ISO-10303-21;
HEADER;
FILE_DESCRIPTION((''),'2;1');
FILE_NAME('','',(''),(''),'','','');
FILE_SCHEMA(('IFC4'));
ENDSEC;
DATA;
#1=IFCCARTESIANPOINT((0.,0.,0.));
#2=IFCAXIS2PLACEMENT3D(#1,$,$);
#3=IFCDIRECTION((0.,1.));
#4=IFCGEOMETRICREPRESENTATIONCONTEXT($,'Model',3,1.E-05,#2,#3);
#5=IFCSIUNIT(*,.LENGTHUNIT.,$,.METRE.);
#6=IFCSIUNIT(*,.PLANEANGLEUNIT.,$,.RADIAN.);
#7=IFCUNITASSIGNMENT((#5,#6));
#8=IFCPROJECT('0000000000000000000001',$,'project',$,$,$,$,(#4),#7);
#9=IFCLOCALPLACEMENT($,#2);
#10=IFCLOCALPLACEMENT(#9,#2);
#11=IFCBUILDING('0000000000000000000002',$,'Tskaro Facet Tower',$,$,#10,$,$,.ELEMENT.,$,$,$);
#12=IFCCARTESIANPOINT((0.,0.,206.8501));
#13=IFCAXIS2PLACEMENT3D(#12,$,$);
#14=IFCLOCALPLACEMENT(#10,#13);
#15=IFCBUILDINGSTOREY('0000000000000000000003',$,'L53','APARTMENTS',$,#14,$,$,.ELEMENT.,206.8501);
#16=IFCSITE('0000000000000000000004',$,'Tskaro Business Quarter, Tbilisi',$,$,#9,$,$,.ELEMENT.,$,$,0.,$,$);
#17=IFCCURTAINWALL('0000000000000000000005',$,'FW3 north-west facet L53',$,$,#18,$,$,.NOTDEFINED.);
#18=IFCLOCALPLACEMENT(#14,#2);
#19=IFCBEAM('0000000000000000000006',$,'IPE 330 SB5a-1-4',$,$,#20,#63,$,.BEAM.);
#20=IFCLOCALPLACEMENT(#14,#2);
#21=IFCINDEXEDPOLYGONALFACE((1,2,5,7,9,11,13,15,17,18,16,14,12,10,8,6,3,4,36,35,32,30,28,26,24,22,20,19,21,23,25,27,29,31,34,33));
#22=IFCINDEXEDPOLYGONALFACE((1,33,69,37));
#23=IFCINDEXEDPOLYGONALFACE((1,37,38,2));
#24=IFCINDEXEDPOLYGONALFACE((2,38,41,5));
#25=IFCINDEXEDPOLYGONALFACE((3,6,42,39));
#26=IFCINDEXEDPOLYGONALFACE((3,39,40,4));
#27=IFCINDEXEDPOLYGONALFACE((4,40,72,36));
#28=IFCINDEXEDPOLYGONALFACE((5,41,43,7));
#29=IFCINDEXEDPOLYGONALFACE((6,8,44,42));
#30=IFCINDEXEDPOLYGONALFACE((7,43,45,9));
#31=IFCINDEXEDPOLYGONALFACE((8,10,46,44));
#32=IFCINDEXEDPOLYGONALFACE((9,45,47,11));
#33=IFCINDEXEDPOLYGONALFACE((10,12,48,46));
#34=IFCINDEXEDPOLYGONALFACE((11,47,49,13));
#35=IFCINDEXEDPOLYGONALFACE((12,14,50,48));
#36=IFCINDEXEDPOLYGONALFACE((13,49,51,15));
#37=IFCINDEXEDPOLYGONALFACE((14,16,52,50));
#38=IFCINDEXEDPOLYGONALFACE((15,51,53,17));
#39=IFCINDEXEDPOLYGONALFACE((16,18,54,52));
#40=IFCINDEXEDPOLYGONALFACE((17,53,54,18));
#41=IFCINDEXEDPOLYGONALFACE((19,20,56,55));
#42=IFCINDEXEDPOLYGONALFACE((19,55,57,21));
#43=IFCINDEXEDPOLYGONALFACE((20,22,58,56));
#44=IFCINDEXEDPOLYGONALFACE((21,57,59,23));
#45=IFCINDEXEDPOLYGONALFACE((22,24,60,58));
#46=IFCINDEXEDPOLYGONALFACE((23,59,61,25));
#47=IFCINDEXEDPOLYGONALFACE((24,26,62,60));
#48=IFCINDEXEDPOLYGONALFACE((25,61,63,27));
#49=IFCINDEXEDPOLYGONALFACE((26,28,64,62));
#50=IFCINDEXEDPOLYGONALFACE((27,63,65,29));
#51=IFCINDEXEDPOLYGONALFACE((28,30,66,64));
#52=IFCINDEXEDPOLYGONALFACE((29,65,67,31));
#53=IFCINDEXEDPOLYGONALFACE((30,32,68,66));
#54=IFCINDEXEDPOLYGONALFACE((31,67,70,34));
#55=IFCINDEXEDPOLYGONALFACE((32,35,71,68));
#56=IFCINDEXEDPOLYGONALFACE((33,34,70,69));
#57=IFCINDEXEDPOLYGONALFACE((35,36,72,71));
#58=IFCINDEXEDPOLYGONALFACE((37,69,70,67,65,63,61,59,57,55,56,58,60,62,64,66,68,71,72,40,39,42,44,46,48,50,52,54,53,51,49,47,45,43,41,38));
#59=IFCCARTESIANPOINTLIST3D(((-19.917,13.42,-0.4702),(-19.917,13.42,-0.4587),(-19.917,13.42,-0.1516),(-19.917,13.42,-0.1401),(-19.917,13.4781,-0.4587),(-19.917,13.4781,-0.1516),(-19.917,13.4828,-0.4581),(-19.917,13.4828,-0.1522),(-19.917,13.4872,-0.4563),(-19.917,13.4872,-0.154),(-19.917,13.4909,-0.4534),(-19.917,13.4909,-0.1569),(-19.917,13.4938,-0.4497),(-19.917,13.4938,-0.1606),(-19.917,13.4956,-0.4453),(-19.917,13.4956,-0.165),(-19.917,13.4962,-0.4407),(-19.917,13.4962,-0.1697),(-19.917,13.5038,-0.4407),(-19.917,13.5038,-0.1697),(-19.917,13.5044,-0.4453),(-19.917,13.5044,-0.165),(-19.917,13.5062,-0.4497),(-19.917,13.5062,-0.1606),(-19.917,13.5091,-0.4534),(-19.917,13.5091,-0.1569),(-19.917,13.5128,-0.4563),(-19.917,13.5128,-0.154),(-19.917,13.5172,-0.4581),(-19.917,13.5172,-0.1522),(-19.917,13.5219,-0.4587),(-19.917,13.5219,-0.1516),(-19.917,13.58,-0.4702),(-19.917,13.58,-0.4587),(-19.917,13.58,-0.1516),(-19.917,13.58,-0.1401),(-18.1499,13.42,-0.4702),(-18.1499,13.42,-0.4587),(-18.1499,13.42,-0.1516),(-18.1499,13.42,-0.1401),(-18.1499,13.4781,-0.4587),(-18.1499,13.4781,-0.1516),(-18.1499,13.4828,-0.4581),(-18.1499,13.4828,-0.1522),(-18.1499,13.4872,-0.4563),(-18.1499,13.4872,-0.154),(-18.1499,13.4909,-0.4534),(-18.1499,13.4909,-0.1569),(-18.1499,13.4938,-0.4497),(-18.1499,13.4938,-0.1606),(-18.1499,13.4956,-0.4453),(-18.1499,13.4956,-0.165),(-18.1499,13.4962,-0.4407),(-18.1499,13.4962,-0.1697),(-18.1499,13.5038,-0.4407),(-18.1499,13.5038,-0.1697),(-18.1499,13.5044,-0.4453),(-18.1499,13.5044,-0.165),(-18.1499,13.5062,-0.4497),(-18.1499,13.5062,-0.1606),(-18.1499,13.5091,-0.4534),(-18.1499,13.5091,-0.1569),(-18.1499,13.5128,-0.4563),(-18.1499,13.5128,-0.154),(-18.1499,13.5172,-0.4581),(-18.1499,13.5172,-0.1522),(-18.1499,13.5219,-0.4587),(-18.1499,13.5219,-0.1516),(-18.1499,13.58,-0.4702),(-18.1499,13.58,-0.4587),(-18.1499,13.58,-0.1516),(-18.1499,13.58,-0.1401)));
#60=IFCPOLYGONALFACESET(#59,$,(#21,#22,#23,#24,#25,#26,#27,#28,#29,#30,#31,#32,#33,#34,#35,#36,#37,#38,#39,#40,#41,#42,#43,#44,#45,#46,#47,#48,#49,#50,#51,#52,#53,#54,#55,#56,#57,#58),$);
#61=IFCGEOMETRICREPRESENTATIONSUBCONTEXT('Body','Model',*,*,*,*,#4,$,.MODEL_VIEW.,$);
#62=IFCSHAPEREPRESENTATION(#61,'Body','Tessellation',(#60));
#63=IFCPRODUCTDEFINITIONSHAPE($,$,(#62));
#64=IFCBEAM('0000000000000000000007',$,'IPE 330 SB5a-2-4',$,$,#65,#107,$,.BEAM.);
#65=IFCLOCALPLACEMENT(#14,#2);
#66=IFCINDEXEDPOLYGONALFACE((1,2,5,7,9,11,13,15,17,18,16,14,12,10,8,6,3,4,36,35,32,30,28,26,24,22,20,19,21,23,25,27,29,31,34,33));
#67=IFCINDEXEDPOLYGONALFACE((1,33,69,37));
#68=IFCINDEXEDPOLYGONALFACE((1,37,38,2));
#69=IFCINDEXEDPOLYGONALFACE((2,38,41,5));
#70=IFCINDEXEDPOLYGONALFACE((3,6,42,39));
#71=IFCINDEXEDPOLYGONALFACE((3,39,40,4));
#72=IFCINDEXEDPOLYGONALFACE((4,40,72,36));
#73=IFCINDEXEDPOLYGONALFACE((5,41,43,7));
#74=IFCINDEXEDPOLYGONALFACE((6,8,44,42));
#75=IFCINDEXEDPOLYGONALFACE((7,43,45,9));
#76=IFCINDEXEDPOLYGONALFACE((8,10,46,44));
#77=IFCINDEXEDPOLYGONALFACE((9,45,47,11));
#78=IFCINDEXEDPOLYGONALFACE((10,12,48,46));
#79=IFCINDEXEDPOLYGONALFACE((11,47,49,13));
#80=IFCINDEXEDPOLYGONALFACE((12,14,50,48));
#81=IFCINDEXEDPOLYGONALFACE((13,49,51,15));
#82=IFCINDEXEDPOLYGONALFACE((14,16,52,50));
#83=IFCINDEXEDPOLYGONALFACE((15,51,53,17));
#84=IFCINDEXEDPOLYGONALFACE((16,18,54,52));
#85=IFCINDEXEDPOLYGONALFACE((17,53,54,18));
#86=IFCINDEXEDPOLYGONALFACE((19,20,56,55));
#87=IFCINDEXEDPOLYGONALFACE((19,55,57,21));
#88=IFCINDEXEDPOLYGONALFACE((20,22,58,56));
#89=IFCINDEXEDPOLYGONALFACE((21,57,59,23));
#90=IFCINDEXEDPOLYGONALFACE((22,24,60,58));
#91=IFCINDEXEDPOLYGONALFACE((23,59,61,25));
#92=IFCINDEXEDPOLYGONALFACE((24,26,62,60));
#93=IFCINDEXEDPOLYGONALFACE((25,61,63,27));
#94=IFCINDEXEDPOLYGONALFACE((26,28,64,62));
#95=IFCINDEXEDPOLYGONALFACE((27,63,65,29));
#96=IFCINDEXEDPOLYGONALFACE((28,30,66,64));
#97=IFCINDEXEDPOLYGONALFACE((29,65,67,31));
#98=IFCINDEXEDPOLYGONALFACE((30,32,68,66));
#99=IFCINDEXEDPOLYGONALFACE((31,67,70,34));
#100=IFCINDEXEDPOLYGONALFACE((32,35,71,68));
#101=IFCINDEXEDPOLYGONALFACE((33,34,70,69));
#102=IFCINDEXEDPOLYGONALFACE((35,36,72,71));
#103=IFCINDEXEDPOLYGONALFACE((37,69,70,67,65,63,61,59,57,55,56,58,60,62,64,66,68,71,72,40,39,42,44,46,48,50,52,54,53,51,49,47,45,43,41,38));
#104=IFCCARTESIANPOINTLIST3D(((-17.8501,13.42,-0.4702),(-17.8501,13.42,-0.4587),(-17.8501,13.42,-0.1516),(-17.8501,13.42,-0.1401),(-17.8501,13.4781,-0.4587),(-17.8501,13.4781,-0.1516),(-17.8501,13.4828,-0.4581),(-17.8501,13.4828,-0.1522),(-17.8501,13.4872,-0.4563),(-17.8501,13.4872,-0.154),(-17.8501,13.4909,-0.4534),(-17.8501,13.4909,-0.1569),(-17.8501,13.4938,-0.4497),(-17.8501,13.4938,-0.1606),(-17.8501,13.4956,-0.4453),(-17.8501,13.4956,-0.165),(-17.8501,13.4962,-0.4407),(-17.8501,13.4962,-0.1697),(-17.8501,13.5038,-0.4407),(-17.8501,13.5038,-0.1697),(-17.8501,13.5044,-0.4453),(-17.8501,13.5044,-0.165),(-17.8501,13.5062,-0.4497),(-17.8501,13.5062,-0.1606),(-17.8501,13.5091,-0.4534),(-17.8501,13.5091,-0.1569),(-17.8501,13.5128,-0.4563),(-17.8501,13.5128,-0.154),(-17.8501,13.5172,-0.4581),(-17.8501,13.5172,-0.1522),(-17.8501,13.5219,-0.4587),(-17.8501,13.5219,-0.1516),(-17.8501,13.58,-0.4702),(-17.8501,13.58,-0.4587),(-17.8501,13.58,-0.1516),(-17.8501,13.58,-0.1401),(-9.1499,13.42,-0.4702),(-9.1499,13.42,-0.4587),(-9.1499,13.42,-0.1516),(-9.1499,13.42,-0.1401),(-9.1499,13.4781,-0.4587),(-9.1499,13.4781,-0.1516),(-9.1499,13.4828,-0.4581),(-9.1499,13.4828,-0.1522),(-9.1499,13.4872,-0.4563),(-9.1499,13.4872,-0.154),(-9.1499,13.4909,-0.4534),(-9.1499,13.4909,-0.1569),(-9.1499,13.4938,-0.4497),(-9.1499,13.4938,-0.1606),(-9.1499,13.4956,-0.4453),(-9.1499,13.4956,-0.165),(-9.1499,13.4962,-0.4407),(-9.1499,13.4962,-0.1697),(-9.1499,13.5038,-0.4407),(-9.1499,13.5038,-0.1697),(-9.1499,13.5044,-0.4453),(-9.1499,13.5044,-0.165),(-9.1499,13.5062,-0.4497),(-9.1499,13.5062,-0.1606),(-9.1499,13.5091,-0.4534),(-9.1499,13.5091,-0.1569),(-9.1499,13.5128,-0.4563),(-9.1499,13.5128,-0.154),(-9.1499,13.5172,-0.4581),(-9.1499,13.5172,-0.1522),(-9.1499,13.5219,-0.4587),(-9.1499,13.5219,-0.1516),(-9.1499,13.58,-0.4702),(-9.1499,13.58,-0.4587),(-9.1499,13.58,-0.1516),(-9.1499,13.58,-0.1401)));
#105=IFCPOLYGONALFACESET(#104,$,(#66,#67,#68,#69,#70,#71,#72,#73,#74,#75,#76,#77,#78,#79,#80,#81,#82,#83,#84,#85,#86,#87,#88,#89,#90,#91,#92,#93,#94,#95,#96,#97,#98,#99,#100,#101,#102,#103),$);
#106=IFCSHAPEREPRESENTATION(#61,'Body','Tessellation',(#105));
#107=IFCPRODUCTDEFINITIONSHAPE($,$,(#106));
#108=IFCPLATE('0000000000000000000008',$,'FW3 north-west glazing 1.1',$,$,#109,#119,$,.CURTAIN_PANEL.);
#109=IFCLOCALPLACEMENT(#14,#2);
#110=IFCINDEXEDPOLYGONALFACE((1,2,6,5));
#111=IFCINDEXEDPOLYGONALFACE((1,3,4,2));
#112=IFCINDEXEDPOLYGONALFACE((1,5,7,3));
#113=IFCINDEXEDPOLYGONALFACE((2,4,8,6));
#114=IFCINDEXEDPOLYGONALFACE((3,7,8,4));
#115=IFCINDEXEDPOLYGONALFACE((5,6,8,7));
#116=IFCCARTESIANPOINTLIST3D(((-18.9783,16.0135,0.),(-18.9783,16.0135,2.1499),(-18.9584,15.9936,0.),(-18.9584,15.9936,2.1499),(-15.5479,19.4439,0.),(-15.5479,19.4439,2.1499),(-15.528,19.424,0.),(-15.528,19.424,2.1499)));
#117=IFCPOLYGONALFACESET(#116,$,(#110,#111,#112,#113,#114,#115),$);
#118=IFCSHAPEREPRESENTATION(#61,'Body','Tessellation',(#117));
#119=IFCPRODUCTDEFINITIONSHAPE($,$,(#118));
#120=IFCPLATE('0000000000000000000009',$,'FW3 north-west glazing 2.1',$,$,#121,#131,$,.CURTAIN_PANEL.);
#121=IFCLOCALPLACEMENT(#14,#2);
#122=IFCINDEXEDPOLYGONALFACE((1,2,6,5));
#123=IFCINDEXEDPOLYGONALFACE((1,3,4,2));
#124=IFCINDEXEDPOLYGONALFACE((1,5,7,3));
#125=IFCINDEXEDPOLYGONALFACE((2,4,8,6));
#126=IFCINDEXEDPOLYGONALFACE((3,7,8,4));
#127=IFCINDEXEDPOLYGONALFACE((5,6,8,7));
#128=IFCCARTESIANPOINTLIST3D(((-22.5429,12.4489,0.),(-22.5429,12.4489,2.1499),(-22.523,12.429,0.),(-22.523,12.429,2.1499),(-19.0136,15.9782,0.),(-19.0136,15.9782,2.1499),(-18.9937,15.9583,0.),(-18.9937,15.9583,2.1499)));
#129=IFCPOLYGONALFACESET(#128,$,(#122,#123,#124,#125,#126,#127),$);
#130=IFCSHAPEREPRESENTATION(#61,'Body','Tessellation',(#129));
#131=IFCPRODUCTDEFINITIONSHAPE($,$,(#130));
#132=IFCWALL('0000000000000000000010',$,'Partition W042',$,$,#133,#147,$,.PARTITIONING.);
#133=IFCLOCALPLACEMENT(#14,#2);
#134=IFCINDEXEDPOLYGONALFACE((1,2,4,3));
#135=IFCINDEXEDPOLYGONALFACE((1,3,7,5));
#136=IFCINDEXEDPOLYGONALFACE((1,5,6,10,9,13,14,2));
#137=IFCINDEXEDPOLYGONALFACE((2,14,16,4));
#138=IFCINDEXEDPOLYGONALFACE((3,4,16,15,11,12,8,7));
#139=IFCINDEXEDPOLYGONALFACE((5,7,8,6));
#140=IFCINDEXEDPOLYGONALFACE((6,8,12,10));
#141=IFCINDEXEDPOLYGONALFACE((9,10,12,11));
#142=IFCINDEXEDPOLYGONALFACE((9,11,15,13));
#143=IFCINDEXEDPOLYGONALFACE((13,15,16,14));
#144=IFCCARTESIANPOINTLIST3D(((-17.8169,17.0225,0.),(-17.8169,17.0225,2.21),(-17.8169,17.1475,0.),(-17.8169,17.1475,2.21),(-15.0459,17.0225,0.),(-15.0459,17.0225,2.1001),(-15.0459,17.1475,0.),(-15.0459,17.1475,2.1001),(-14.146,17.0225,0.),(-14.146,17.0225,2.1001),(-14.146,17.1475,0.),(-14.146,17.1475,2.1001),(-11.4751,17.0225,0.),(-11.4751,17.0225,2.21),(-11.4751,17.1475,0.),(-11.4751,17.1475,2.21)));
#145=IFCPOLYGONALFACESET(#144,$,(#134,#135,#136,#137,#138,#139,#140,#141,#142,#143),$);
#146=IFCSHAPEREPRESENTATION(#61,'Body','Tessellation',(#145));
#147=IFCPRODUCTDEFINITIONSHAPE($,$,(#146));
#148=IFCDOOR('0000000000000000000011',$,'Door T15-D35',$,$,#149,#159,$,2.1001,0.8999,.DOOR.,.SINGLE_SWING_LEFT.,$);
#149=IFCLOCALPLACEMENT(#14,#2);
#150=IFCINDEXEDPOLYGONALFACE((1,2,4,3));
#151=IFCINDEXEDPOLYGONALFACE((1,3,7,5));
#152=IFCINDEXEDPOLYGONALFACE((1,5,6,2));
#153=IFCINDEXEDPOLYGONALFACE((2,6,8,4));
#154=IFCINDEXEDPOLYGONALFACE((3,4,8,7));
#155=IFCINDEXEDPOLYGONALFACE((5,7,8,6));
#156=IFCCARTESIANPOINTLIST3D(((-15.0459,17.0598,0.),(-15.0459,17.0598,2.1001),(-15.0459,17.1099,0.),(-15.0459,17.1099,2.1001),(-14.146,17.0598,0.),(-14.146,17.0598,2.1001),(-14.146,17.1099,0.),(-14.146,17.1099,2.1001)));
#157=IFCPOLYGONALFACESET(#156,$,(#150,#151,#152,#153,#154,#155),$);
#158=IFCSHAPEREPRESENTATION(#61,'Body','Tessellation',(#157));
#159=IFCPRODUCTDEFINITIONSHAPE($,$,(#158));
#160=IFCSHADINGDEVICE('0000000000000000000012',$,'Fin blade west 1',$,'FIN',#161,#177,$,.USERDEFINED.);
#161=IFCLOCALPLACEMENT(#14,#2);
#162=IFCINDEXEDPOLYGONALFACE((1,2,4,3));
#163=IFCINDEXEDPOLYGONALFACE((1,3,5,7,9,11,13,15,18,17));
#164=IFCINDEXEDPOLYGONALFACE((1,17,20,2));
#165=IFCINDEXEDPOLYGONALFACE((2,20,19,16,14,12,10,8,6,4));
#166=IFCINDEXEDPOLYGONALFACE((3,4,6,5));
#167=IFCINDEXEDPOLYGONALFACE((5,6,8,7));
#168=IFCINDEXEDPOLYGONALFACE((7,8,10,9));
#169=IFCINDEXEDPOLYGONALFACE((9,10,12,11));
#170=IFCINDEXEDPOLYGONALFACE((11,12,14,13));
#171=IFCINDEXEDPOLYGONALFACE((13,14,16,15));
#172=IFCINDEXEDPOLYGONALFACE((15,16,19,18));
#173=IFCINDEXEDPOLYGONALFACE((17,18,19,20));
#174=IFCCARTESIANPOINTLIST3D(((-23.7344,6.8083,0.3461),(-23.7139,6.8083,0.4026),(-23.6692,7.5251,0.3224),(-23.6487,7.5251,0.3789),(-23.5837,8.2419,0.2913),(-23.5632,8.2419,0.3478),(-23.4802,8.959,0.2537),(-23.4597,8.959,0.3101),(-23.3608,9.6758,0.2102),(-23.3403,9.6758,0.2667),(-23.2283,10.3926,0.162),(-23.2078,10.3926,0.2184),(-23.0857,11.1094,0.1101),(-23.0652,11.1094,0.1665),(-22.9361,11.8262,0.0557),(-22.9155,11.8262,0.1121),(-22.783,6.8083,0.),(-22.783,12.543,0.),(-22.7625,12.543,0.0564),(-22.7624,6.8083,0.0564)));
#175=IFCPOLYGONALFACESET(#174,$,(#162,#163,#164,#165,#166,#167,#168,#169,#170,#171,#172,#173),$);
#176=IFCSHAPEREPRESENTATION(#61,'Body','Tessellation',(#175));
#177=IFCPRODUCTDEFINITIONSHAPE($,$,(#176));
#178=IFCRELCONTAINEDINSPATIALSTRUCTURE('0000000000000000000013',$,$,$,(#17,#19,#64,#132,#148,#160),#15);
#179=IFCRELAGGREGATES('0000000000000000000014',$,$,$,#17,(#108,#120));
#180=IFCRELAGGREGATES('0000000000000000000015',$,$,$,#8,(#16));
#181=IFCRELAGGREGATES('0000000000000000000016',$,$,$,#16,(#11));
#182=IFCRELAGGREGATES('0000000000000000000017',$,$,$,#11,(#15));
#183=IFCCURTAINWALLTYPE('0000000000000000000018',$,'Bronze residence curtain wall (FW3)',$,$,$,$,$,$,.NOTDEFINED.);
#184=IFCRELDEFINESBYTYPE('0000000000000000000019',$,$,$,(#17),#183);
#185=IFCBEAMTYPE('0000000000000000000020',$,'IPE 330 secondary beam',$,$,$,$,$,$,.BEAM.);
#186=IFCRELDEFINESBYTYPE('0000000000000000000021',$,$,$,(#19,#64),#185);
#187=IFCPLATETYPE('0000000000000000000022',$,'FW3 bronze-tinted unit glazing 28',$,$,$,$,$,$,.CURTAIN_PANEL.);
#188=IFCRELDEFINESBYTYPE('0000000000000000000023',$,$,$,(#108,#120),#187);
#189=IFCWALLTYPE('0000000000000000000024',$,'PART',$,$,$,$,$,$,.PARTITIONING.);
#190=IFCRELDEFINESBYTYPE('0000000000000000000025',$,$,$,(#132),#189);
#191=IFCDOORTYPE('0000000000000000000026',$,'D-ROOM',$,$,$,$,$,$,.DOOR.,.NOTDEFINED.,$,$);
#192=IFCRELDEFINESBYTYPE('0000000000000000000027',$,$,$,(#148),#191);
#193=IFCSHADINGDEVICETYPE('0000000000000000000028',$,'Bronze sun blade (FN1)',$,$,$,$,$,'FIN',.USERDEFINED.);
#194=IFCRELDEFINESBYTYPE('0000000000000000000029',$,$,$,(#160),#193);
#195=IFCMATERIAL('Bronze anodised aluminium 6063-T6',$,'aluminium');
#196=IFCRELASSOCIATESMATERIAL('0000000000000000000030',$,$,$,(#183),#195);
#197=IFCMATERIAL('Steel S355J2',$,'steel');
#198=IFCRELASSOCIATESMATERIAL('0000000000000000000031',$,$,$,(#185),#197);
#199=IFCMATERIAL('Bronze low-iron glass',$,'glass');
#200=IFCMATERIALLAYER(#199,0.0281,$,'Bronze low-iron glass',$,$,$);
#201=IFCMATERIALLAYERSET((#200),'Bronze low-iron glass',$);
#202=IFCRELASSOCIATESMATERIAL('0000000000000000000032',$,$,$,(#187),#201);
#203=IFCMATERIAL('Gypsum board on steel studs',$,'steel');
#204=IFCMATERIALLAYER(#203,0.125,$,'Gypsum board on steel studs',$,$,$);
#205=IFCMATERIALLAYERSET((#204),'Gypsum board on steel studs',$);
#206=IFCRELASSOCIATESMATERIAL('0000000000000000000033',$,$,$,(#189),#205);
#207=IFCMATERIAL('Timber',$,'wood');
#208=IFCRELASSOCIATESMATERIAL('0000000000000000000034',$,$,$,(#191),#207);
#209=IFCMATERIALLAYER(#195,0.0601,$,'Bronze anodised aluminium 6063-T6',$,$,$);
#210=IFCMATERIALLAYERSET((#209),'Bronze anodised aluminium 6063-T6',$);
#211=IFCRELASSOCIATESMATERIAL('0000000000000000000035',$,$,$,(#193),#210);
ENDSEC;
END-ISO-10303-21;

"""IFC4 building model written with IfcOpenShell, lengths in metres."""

from ifc_helpers import new_model, si_unit, direction, frame, frame_2d, origin, origin_2d, place, context, subcontext, project, spatial, polyline, rectangle, i_section, outline, extrude, material, layer, layer_set, material_profile, profile_set, type_object, element, fill, aggregate, save


model = new_model("IFC4")

# Units and contexts
model_context = context("Model", 3, precision=1e-05, world=origin(), true_north=direction((0.0, 1.0)))
body_context = subcontext(model_context, "Body", "Model", "MODEL_VIEW")
ifc_project = project(units=[si_unit("LENGTHUNIT", "METRE"), si_unit("PLANEANGLEUNIT", "RADIAN")], contexts=[model_context])

# Site, building, storey
site_placement = place(None, origin())
site = spatial("IfcSite", under=ifc_project, at=site_placement, Name="Tskaro Business Quarter, Tbilisi", CompositionType="ELEMENT", RefElevation=0.0)
building_placement = place(site_placement, origin())
building = spatial("IfcBuilding", under=site, at=building_placement, Name="Tskaro Facet Tower", CompositionType="ELEMENT")
storey_placement = place(building_placement, frame((0.0, 0.0, 206.8501)))
storey = spatial("IfcBuildingStorey", under=building, at=storey_placement, Name="L53", Description="APARTMENTS", CompositionType="ELEMENT", Elevation=206.8501)

# Curtain wall
ifc_material_1 = material(Name="Bronze anodised aluminium 6063-T6", Category="aluminium")
curtain_wall_type = type_object("IfcCurtainWallType", Name="Bronze residence curtain wall (FW3)", PredefinedType="NOTDEFINED", material=ifc_material_1)
curtain_wall_1_placement = place(storey_placement, origin())
curtain_wall_1 = element("IfcCurtainWall", 1, at=curtain_wall_1_placement, inside=storey, type_object=curtain_wall_type, Name="FW3 north-west facet L53", PredefinedType="NOTDEFINED")

# Beams
ifc_material_2 = material(Name="Steel S355J2", Category="steel")
ifc_material_profile_1 = material_profile(ifc_material_2, i_section(OverallWidth=0.1599, OverallDepth=0.3301, WebThickness=0.0076, FlangeThickness=0.0115, FilletRadius=0.0181, at=origin_2d()), Name="IPE 330")
ifc_profile_set_1 = profile_set([ifc_material_profile_1], Name="Steel S355J2")
beam_type_1 = type_object("IfcBeamType", Name="IPE 330 secondary beam", PredefinedType="BEAM", material=ifc_profile_set_1)
beam_1_placement = place(storey_placement, frame((-19.917, 13.5, -0.3052), z_axis=(1.0, 0.0, 0.0), x_axis=(0.0, 1.0, 0.0)))
element("IfcBeam", 2, at=beam_1_placement, inside=storey, type_object=beam_type_1, Name="IPE 330 SB5a-1-4", PredefinedType="BEAM", context=body_context, shape_type="SweptSolid", body=[
    extrude(i_section(OverallWidth=0.1599, OverallDepth=0.3301, WebThickness=0.0076, FlangeThickness=0.0115, FilletRadius=0.0181, at=origin_2d()), origin(), (0.0, 0.0, 1.0), 1.7671),
])
beam_2_placement = place(storey_placement, frame((-17.8501, 13.5, -0.3052), z_axis=(1.0, 0.0, 0.0), x_axis=(0.0, 1.0, 0.0)))
element("IfcBeam", 3, at=beam_2_placement, inside=storey, type_object=beam_type_1, Name="IPE 330 SB5a-2-4", PredefinedType="BEAM", context=body_context, shape_type="SweptSolid", body=[
    extrude(i_section(OverallWidth=0.1599, OverallDepth=0.3301, WebThickness=0.0076, FlangeThickness=0.0115, FilletRadius=0.0181, at=origin_2d()), origin(), (0.0, 0.0, 1.0), 8.7002),
])

# Plates
ifc_material_3 = material(Name="Bronze low-iron glass", Category="glass")
ifc_layer_1 = layer(ifc_material_3, 0.0281, Name="Bronze low-iron glass")
ifc_layer_set_1 = layer_set([ifc_layer_1], Name="Bronze low-iron glass")
plate_type = type_object("IfcPlateType", Name="FW3 bronze-tinted unit glazing 28", PredefinedType="CURTAIN_PANEL", material=ifc_layer_set_1)
plate_1_placement = place(storey_placement, frame((-17.2532, 17.7188, 0.0), z_axis=(0.0, 0.0, 1.0), x_axis=(-0.707107, -0.707107, 0.0)))
plate_1 = element("IfcPlate", 4, at=plate_1_placement, type_object=plate_type, Name="FW3 north-west glazing 1.1", PredefinedType="CURTAIN_PANEL", context=body_context, shape_type="SweptSolid", body=[
    extrude(rectangle(XDim=4.8513, YDim=0.0281, at=origin_2d()), origin(), (0.0, 0.0, 1.0), 2.1499),
])
plate_2_placement = place(storey_placement, frame((-20.7683, 14.2036, 0.0), z_axis=(0.0, 0.0, 1.0), x_axis=(-0.707107, -0.707107, 0.0)))
plate_2 = element("IfcPlate", 5, at=plate_2_placement, type_object=plate_type, Name="FW3 north-west glazing 2.1", PredefinedType="CURTAIN_PANEL", context=body_context, shape_type="SweptSolid", body=[
    extrude(rectangle(XDim=4.9912, YDim=0.0281, at=origin_2d()), origin(), (0.0, 0.0, 1.0), 2.1499),
])
aggregate(curtain_wall_1, [plate_1, plate_2])

# Wall, opening, door
ifc_material_4 = material(Name="Gypsum board on steel studs", Category="steel")
ifc_layer_2 = layer(ifc_material_4, 0.125, Name="Gypsum board on steel studs")
ifc_layer_set_2 = layer_set([ifc_layer_2], Name="Gypsum board on steel studs")
wall_type = type_object("IfcWallType", Name="PART", PredefinedType="PARTITIONING", material=ifc_layer_set_2)
wall_placement = place(storey_placement, frame((-17.8169, 17.085, 0.0), z_axis=(0.0, 0.0, 1.0), x_axis=(1.0, 0.0, 0.0)))
wall = element("IfcWall", 6, at=wall_placement, inside=storey, type_object=wall_type, Name="Partition W042", PredefinedType="PARTITIONING", context=body_context, shape_type="SweptSolid", body=[
    extrude(rectangle(XDim=6.3418, YDim=0.125, at=frame_2d((3.1709, 0.0))), origin(), (0.0, 0.0, 1.0), 2.21),
])
opening_placement = place(wall_placement, frame((2.771, 0.0, 0.0)))
opening = element("IfcOpeningElement", 7, at=opening_placement, cuts=wall, PredefinedType="OPENING", context=body_context, shape_type="SweptSolid", body=[
    extrude(rectangle(XDim=0.8999, YDim=2.1001, at=frame_2d((0.45, 1.05))), frame((0.0, 0.0725, 0.0), z_axis=(0.0, -1.0, 0.0), x_axis=(1.0, 0.0, 0.0)), (0.0, 0.0, 1.0), 0.145),
])
ifc_material_5 = material(Name="Timber", Category="wood")
door_type = type_object("IfcDoorType", Name="D-ROOM", OperationType="NOTDEFINED", PredefinedType="DOOR", material=ifc_material_5)
door_placement = place(opening_placement, origin())
door = element("IfcDoor", 8, at=door_placement, inside=storey, type_object=door_type, Name="Door T15-D35", OperationType="SINGLE_SWING_LEFT", OverallHeight=2.1001, OverallWidth=0.8999, PredefinedType="DOOR", context=body_context, shape_type="SweptSolid", body=[
    extrude(rectangle(XDim=0.8999, YDim=2.1001, at=frame_2d((0.45, 1.05))), frame((0.0, 0.0249, 0.0), z_axis=(0.0, -1.0, 0.0), x_axis=(1.0, 0.0, 0.0)), (0.0, 0.0, 1.0), 0.05),
])
fill(opening, door)

# Shading device
ifc_layer_3 = layer(ifc_material_1, 0.0601, Name="Bronze anodised aluminium 6063-T6")
ifc_layer_set_3 = layer_set([ifc_layer_3], Name="Bronze anodised aluminium 6063-T6")
shading_device_type = type_object("IfcShadingDeviceType", Name="Bronze sun blade (FN1)", ElementType="FIN", PredefinedType="USERDEFINED", material=ifc_layer_set_3)
shading_device_placement = place(storey_placement, frame((-22.7625, 12.543, 0.0564), z_axis=(0.341896, 0.000008, 0.939738), x_axis=(0.000003, -1.0, 0.000007)))
element("IfcShadingDevice", 9, at=shading_device_placement, inside=storey, type_object=shading_device_type, Name="Fin blade west 1", ObjectType="FIN", PredefinedType="USERDEFINED", context=body_context, shape_type="SweptSolid", body=[
    extrude(outline(polyline([(0.0, 0.0), (5.7346, 0.0), (5.7346, -1.0124), (5.0178, -0.9431), (4.301, -0.8521), (3.584, -0.742), (2.8672, -0.6149), (2.1504, -0.4739), (1.4336, -0.3221), (0.7168, -0.1629), (0.0, 0.0)])), origin(), (0.0, 0.0, -1.0), 0.0601),
])

save(model, "model.ifc")
